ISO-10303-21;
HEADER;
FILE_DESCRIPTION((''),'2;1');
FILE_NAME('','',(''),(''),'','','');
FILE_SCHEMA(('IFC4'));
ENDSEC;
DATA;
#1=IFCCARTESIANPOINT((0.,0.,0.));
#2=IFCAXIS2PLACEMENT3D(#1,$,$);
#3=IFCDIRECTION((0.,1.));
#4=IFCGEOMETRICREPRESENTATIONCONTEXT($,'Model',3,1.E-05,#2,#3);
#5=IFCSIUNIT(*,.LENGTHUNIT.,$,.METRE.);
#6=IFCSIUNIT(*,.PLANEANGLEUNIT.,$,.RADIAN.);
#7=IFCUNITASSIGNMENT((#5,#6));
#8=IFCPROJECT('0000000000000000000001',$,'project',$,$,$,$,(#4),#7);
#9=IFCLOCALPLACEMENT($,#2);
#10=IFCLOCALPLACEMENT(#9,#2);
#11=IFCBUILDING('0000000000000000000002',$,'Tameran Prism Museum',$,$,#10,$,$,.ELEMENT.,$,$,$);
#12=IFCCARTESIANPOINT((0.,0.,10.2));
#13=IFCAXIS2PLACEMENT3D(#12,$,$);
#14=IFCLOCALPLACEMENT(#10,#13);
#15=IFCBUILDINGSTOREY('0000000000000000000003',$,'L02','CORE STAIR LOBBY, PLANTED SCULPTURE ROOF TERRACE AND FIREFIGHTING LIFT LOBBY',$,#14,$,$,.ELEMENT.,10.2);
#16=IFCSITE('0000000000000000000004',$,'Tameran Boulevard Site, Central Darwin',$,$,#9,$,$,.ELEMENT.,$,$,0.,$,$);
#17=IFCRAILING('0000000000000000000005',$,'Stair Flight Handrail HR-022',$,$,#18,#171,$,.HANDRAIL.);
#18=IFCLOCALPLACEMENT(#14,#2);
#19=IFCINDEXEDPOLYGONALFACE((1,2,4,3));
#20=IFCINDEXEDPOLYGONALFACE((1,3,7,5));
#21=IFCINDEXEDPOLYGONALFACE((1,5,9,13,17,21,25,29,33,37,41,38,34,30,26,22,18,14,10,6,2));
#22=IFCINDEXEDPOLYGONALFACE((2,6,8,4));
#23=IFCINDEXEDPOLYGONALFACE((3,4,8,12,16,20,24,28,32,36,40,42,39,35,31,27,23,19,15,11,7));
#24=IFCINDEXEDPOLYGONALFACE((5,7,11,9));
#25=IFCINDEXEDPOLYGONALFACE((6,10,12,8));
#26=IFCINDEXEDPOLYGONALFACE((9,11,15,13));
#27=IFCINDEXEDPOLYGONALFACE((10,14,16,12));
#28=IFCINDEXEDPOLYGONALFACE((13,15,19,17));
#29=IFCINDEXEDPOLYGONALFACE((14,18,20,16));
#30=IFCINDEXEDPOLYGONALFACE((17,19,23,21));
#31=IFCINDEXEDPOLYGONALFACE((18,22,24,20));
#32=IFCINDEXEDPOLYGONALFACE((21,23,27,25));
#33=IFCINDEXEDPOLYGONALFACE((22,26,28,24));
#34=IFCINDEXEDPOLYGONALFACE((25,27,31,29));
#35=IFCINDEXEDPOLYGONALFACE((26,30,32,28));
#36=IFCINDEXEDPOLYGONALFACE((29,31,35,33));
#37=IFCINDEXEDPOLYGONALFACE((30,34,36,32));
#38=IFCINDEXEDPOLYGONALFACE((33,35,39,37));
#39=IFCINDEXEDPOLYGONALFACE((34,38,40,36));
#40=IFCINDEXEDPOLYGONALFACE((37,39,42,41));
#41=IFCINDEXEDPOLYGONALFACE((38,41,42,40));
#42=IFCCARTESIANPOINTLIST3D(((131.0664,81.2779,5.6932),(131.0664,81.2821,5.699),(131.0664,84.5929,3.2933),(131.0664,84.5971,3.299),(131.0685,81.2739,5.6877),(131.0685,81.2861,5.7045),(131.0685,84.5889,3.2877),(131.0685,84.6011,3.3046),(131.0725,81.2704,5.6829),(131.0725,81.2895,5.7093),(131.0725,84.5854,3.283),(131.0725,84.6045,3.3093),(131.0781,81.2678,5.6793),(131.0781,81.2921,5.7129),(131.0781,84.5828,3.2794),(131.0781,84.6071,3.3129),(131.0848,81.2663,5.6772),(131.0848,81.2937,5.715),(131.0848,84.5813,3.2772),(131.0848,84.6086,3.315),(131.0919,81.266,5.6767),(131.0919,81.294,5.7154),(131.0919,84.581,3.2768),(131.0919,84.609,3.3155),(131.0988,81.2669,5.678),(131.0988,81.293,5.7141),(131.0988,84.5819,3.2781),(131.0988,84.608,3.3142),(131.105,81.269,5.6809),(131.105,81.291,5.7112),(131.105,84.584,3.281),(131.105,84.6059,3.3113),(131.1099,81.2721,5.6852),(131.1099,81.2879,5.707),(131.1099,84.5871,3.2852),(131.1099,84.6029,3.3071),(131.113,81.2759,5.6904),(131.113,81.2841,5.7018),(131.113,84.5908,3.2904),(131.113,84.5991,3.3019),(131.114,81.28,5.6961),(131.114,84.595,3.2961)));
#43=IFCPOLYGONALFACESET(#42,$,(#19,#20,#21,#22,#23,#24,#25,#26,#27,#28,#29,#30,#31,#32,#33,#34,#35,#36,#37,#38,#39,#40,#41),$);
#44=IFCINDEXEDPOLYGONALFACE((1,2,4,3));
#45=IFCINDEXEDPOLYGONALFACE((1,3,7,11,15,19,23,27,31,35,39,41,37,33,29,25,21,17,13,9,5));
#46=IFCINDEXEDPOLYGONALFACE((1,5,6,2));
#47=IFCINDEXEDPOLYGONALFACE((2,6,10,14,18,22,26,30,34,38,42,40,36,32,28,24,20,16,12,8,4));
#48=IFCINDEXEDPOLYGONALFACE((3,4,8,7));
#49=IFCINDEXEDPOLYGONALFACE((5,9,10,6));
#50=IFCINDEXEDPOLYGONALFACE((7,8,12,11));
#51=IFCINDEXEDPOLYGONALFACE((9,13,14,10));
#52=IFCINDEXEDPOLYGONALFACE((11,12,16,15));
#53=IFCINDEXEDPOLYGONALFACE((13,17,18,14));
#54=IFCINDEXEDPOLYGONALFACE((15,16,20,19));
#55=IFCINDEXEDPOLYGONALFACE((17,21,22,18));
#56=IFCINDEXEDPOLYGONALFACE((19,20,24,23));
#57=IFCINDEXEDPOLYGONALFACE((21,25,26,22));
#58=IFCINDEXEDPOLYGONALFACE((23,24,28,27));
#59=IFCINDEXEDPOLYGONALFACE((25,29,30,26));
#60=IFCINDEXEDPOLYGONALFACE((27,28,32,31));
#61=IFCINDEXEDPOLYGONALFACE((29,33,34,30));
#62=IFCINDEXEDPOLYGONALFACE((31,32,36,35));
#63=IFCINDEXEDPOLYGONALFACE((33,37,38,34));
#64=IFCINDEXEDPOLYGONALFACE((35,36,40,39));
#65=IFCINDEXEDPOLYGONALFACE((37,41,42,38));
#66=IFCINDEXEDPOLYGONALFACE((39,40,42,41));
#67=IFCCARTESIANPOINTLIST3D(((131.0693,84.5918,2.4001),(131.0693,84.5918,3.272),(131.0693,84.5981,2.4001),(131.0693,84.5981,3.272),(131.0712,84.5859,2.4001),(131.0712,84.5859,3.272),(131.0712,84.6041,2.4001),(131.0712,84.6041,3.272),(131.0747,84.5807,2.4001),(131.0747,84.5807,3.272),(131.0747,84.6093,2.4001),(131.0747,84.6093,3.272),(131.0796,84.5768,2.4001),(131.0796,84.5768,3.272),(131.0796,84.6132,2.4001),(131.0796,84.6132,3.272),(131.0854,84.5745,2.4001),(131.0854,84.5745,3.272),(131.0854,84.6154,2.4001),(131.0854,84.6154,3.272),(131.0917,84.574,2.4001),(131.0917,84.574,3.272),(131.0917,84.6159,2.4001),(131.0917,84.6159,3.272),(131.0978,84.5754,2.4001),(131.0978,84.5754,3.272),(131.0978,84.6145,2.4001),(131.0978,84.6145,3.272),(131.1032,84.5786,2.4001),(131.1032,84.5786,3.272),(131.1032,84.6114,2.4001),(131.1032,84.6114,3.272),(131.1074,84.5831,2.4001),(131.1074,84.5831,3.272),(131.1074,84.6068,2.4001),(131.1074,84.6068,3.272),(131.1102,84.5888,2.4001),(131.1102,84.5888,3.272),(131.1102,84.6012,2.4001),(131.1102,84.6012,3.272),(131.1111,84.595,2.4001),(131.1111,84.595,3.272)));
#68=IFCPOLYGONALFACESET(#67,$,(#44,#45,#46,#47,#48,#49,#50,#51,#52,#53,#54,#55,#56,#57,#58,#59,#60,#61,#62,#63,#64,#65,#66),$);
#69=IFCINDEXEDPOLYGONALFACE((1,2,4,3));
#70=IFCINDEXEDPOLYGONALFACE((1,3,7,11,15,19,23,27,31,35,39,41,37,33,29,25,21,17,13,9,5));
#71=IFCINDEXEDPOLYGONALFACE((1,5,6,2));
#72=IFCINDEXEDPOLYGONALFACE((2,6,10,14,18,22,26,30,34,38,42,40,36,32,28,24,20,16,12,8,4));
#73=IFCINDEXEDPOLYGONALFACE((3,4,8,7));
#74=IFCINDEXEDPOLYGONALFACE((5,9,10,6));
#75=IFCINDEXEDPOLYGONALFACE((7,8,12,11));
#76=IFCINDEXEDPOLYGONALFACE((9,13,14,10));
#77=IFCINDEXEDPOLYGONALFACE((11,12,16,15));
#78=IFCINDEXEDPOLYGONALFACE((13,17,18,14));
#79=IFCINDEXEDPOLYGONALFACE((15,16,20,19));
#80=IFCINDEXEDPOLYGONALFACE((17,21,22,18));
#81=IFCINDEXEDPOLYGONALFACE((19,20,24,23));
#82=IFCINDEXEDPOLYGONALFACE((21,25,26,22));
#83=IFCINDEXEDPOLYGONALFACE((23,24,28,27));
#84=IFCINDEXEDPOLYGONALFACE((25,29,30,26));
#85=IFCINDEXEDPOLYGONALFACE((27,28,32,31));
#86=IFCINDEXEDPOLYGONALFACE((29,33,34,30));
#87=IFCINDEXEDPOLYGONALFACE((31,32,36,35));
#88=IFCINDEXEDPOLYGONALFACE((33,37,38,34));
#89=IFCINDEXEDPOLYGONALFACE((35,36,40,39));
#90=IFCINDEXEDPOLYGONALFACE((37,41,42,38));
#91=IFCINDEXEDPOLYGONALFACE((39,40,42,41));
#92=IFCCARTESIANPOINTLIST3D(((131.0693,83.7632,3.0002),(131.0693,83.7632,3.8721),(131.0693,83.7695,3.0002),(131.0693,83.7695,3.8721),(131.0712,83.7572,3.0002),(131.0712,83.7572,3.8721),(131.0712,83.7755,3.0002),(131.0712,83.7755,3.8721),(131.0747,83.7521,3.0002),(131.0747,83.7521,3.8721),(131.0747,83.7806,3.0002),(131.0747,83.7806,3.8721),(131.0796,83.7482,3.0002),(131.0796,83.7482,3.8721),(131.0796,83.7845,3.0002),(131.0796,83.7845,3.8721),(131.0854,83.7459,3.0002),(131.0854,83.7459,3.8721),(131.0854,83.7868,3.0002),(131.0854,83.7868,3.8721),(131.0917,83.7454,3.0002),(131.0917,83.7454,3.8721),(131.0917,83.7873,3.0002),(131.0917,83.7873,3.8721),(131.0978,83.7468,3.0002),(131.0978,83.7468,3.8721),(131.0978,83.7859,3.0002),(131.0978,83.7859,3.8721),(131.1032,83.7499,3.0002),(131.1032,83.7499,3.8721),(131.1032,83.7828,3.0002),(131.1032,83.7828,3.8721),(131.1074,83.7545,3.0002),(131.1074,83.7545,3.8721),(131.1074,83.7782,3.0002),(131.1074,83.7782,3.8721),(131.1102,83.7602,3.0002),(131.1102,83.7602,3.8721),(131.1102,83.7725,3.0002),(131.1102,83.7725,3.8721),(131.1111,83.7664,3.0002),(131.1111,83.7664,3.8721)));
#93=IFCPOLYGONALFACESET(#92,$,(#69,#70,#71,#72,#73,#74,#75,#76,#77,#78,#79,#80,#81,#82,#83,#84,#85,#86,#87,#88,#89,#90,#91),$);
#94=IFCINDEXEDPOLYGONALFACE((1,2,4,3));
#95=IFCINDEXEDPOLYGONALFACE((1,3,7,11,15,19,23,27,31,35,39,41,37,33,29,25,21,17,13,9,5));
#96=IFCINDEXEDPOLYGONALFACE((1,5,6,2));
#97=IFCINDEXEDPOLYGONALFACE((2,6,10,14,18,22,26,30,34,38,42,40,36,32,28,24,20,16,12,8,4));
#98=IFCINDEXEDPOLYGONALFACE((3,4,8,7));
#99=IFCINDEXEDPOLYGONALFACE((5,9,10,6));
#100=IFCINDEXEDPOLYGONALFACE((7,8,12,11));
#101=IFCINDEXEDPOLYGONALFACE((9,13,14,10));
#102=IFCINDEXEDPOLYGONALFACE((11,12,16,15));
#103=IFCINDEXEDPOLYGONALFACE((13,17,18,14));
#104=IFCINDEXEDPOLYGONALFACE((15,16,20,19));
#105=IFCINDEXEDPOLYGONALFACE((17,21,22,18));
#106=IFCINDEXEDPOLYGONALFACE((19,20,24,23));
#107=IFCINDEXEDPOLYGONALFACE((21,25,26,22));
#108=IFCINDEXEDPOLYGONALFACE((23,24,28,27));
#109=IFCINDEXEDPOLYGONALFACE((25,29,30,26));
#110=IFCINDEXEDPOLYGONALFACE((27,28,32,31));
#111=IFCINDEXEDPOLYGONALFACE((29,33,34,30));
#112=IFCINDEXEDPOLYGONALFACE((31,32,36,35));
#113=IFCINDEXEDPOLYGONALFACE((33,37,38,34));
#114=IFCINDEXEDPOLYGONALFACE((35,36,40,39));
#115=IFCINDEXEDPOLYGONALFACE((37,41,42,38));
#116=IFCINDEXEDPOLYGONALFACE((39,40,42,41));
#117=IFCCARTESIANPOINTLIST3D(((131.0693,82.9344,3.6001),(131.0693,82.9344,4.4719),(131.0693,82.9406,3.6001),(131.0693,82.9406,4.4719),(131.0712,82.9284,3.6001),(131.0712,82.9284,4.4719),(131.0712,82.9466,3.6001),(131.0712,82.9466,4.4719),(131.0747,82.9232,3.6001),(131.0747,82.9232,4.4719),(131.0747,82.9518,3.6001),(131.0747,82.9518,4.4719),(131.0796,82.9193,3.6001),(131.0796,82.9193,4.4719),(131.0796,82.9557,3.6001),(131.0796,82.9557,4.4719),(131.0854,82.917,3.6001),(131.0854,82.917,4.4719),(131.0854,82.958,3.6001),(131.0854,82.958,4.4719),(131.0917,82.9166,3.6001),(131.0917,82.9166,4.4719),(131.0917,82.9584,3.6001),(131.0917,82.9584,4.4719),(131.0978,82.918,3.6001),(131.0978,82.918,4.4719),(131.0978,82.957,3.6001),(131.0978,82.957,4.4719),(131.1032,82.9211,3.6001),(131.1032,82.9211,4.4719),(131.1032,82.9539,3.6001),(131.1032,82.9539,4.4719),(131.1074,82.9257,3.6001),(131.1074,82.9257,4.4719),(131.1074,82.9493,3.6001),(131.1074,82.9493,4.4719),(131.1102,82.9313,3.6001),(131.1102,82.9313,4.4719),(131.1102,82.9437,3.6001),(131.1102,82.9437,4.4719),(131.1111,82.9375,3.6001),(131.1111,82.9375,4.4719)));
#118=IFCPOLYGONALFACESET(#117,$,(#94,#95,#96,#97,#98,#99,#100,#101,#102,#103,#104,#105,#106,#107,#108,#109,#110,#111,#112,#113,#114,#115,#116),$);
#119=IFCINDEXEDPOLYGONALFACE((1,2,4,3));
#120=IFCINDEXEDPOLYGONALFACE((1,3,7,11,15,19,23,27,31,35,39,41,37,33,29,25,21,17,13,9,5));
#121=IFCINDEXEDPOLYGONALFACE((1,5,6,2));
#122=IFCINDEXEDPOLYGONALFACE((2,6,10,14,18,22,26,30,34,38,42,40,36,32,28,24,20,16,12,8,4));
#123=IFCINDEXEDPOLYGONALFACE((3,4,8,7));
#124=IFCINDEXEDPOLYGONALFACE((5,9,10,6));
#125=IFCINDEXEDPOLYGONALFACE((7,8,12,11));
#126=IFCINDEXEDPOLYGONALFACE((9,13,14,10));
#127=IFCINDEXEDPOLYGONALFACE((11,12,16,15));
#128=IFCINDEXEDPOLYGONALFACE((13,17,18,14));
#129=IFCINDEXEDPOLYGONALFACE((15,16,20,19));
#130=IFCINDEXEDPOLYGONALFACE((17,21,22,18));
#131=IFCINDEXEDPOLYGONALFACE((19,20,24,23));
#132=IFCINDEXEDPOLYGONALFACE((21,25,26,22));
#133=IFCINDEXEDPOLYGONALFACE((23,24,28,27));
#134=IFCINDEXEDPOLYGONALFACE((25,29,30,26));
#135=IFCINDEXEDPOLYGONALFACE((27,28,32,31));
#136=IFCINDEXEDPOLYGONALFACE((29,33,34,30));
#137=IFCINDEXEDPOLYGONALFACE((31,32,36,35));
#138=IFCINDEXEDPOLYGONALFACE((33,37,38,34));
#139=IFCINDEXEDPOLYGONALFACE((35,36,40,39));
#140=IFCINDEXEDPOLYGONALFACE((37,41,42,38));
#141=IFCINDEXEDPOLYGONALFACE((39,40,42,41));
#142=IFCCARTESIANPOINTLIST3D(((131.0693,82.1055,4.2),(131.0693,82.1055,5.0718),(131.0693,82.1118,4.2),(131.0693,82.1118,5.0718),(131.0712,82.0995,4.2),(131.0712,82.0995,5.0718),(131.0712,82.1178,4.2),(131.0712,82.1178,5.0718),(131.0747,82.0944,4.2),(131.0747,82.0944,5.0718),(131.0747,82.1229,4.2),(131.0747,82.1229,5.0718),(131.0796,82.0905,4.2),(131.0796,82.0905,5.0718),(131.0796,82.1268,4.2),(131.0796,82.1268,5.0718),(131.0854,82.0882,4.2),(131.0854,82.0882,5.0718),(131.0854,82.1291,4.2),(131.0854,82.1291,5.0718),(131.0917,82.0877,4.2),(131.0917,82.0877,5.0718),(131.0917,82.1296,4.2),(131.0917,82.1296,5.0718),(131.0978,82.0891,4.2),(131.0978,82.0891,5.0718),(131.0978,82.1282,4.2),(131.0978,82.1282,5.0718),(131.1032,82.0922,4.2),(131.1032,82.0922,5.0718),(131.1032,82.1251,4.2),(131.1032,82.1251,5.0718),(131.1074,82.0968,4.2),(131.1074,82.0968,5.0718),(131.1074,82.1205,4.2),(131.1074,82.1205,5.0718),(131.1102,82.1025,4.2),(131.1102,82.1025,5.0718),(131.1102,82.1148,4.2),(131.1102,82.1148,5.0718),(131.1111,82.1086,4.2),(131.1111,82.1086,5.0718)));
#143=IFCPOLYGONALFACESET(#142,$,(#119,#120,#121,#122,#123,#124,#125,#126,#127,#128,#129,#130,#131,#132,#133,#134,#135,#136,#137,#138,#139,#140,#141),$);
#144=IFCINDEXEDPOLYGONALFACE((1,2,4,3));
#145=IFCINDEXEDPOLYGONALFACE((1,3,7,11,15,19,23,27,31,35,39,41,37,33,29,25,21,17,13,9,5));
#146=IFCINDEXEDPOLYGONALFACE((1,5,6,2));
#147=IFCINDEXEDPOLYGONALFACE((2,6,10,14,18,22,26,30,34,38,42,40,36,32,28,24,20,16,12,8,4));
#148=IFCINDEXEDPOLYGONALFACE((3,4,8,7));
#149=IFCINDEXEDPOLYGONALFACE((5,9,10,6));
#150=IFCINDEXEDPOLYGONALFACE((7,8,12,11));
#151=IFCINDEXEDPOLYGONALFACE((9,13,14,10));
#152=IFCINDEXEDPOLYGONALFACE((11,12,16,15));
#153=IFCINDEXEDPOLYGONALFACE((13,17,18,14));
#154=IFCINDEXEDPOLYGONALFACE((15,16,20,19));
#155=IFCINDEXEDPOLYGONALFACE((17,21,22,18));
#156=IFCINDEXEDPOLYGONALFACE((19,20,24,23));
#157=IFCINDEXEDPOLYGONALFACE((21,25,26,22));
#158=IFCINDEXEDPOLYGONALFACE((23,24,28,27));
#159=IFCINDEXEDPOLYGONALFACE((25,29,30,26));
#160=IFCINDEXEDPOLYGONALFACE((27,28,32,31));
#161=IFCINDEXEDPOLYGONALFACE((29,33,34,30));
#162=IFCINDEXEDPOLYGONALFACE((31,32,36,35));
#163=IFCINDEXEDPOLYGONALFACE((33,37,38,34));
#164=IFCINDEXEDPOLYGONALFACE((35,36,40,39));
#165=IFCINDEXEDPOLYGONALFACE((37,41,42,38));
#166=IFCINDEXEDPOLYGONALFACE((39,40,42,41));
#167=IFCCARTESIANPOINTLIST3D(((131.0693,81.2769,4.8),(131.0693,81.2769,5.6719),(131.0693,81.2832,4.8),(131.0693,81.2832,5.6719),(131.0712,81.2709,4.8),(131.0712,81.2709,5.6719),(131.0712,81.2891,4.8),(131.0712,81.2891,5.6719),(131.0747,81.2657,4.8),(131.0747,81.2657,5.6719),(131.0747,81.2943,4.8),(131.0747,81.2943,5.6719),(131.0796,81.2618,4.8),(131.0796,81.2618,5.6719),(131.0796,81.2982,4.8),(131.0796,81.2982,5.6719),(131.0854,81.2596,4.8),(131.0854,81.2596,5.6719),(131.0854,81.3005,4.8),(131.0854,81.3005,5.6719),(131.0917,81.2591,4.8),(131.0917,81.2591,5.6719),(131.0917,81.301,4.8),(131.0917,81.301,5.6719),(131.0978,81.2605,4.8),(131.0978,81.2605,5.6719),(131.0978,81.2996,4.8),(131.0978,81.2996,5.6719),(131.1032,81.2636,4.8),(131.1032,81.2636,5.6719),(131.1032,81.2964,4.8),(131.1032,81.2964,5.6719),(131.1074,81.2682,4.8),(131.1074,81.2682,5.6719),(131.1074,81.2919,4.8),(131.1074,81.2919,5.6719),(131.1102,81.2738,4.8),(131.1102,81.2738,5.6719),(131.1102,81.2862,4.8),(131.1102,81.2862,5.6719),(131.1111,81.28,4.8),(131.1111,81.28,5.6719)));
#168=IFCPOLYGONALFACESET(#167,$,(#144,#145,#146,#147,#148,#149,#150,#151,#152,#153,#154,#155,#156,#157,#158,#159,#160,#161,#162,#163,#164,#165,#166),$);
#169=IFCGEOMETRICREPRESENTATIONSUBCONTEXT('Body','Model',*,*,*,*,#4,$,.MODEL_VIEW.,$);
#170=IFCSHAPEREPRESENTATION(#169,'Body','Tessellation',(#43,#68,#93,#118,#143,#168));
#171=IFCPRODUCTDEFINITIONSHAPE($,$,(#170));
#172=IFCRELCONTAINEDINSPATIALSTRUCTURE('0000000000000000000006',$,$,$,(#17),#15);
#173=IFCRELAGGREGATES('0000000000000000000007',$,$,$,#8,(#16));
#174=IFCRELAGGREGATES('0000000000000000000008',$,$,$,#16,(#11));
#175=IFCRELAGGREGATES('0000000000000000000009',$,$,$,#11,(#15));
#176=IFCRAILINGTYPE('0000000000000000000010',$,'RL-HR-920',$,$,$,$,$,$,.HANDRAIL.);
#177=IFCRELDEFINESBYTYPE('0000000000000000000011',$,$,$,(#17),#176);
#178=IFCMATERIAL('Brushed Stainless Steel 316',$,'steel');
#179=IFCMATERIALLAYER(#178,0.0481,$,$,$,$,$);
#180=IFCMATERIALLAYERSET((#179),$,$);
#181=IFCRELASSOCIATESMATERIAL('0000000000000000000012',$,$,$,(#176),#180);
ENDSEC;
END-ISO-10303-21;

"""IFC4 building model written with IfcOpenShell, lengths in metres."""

from ifc_helpers import new_model, si_unit, direction, frame, origin, origin_2d, place, context, subcontext, project, spatial, circle, extrude, material, layer, layer_set, type_object, element, save


model = new_model("IFC4")

# Units and contexts
model_context = context("Model", 3, precision=1e-05, world=origin(), true_north=direction((0.0, 1.0)))
body_context = subcontext(model_context, "Body", "Model", "MODEL_VIEW")
ifc_project = project(units=[si_unit("LENGTHUNIT", "METRE"), si_unit("PLANEANGLEUNIT", "RADIAN")], contexts=[model_context])

# Site, building, storey
site_placement = place(None, origin())
site = spatial("IfcSite", under=ifc_project, at=site_placement, Name="Tameran Boulevard Site, Central Darwin", CompositionType="ELEMENT", RefElevation=0.0)
building_placement = place(site_placement, origin())
building = spatial("IfcBuilding", under=site, at=building_placement, Name="Tameran Prism Museum", CompositionType="ELEMENT")
storey_placement = place(building_placement, frame((0.0, 0.0, 10.2)))
storey = spatial("IfcBuildingStorey", under=building, at=storey_placement, Name="L02", Description="CORE STAIR LOBBY, PLANTED SCULPTURE ROOF TERRACE AND FIREFIGHTING LIFT LOBBY", CompositionType="ELEMENT", Elevation=10.2)

# Railing
ifc_material_1 = material(Name="Brushed Stainless Steel 316", Category="steel")
ifc_layer_1 = layer(ifc_material_1, 0.0481)
ifc_layer_set_1 = layer_set([ifc_layer_1])
railing_type_1 = type_object("IfcRailingType", Name="RL-HR-920", PredefinedType="HANDRAIL", material=ifc_layer_set_1)
railing_1_placement = place(storey_placement, frame((131.0901, 84.595, 2.4001)))
element("IfcRailing", 1, at=railing_1_placement, inside=storey, type_object=railing_type_1, Name="Stair Flight Handrail HR-022", PredefinedType="HANDRAIL", context=body_context, shape_type="SweptSolid", body=[
    extrude(circle(Radius=0.0239, at=origin_2d()), frame((0.0, 0.0, 0.896), z_axis=(0.0, -0.810009, 0.586418), x_axis=(1.0, 0.0, 0.0)), (0.0, 0.0, 1.0), 4.0925),
    extrude(circle(Radius=0.021, at=origin_2d()), origin(), (0.0, 0.0, 1.0), 0.8718),
    extrude(circle(Radius=0.021, at=origin_2d()), frame((0.0, -0.8286, 0.6001)), (0.0, 0.0, 1.0), 0.8718),
    extrude(circle(Radius=0.021, at=origin_2d()), frame((0.0, -1.6575, 1.2)), (0.0, 0.0, 1.0), 0.8718),
    extrude(circle(Radius=0.021, at=origin_2d()), frame((0.0, -2.4863, 1.7998)), (0.0, 0.0, 1.0), 0.8718),
    extrude(circle(Radius=0.021, at=origin_2d()), frame((0.0, -3.3149, 2.3999)), (0.0, 0.0, 1.0), 0.8718),
])

save(model, "model.ifc")
